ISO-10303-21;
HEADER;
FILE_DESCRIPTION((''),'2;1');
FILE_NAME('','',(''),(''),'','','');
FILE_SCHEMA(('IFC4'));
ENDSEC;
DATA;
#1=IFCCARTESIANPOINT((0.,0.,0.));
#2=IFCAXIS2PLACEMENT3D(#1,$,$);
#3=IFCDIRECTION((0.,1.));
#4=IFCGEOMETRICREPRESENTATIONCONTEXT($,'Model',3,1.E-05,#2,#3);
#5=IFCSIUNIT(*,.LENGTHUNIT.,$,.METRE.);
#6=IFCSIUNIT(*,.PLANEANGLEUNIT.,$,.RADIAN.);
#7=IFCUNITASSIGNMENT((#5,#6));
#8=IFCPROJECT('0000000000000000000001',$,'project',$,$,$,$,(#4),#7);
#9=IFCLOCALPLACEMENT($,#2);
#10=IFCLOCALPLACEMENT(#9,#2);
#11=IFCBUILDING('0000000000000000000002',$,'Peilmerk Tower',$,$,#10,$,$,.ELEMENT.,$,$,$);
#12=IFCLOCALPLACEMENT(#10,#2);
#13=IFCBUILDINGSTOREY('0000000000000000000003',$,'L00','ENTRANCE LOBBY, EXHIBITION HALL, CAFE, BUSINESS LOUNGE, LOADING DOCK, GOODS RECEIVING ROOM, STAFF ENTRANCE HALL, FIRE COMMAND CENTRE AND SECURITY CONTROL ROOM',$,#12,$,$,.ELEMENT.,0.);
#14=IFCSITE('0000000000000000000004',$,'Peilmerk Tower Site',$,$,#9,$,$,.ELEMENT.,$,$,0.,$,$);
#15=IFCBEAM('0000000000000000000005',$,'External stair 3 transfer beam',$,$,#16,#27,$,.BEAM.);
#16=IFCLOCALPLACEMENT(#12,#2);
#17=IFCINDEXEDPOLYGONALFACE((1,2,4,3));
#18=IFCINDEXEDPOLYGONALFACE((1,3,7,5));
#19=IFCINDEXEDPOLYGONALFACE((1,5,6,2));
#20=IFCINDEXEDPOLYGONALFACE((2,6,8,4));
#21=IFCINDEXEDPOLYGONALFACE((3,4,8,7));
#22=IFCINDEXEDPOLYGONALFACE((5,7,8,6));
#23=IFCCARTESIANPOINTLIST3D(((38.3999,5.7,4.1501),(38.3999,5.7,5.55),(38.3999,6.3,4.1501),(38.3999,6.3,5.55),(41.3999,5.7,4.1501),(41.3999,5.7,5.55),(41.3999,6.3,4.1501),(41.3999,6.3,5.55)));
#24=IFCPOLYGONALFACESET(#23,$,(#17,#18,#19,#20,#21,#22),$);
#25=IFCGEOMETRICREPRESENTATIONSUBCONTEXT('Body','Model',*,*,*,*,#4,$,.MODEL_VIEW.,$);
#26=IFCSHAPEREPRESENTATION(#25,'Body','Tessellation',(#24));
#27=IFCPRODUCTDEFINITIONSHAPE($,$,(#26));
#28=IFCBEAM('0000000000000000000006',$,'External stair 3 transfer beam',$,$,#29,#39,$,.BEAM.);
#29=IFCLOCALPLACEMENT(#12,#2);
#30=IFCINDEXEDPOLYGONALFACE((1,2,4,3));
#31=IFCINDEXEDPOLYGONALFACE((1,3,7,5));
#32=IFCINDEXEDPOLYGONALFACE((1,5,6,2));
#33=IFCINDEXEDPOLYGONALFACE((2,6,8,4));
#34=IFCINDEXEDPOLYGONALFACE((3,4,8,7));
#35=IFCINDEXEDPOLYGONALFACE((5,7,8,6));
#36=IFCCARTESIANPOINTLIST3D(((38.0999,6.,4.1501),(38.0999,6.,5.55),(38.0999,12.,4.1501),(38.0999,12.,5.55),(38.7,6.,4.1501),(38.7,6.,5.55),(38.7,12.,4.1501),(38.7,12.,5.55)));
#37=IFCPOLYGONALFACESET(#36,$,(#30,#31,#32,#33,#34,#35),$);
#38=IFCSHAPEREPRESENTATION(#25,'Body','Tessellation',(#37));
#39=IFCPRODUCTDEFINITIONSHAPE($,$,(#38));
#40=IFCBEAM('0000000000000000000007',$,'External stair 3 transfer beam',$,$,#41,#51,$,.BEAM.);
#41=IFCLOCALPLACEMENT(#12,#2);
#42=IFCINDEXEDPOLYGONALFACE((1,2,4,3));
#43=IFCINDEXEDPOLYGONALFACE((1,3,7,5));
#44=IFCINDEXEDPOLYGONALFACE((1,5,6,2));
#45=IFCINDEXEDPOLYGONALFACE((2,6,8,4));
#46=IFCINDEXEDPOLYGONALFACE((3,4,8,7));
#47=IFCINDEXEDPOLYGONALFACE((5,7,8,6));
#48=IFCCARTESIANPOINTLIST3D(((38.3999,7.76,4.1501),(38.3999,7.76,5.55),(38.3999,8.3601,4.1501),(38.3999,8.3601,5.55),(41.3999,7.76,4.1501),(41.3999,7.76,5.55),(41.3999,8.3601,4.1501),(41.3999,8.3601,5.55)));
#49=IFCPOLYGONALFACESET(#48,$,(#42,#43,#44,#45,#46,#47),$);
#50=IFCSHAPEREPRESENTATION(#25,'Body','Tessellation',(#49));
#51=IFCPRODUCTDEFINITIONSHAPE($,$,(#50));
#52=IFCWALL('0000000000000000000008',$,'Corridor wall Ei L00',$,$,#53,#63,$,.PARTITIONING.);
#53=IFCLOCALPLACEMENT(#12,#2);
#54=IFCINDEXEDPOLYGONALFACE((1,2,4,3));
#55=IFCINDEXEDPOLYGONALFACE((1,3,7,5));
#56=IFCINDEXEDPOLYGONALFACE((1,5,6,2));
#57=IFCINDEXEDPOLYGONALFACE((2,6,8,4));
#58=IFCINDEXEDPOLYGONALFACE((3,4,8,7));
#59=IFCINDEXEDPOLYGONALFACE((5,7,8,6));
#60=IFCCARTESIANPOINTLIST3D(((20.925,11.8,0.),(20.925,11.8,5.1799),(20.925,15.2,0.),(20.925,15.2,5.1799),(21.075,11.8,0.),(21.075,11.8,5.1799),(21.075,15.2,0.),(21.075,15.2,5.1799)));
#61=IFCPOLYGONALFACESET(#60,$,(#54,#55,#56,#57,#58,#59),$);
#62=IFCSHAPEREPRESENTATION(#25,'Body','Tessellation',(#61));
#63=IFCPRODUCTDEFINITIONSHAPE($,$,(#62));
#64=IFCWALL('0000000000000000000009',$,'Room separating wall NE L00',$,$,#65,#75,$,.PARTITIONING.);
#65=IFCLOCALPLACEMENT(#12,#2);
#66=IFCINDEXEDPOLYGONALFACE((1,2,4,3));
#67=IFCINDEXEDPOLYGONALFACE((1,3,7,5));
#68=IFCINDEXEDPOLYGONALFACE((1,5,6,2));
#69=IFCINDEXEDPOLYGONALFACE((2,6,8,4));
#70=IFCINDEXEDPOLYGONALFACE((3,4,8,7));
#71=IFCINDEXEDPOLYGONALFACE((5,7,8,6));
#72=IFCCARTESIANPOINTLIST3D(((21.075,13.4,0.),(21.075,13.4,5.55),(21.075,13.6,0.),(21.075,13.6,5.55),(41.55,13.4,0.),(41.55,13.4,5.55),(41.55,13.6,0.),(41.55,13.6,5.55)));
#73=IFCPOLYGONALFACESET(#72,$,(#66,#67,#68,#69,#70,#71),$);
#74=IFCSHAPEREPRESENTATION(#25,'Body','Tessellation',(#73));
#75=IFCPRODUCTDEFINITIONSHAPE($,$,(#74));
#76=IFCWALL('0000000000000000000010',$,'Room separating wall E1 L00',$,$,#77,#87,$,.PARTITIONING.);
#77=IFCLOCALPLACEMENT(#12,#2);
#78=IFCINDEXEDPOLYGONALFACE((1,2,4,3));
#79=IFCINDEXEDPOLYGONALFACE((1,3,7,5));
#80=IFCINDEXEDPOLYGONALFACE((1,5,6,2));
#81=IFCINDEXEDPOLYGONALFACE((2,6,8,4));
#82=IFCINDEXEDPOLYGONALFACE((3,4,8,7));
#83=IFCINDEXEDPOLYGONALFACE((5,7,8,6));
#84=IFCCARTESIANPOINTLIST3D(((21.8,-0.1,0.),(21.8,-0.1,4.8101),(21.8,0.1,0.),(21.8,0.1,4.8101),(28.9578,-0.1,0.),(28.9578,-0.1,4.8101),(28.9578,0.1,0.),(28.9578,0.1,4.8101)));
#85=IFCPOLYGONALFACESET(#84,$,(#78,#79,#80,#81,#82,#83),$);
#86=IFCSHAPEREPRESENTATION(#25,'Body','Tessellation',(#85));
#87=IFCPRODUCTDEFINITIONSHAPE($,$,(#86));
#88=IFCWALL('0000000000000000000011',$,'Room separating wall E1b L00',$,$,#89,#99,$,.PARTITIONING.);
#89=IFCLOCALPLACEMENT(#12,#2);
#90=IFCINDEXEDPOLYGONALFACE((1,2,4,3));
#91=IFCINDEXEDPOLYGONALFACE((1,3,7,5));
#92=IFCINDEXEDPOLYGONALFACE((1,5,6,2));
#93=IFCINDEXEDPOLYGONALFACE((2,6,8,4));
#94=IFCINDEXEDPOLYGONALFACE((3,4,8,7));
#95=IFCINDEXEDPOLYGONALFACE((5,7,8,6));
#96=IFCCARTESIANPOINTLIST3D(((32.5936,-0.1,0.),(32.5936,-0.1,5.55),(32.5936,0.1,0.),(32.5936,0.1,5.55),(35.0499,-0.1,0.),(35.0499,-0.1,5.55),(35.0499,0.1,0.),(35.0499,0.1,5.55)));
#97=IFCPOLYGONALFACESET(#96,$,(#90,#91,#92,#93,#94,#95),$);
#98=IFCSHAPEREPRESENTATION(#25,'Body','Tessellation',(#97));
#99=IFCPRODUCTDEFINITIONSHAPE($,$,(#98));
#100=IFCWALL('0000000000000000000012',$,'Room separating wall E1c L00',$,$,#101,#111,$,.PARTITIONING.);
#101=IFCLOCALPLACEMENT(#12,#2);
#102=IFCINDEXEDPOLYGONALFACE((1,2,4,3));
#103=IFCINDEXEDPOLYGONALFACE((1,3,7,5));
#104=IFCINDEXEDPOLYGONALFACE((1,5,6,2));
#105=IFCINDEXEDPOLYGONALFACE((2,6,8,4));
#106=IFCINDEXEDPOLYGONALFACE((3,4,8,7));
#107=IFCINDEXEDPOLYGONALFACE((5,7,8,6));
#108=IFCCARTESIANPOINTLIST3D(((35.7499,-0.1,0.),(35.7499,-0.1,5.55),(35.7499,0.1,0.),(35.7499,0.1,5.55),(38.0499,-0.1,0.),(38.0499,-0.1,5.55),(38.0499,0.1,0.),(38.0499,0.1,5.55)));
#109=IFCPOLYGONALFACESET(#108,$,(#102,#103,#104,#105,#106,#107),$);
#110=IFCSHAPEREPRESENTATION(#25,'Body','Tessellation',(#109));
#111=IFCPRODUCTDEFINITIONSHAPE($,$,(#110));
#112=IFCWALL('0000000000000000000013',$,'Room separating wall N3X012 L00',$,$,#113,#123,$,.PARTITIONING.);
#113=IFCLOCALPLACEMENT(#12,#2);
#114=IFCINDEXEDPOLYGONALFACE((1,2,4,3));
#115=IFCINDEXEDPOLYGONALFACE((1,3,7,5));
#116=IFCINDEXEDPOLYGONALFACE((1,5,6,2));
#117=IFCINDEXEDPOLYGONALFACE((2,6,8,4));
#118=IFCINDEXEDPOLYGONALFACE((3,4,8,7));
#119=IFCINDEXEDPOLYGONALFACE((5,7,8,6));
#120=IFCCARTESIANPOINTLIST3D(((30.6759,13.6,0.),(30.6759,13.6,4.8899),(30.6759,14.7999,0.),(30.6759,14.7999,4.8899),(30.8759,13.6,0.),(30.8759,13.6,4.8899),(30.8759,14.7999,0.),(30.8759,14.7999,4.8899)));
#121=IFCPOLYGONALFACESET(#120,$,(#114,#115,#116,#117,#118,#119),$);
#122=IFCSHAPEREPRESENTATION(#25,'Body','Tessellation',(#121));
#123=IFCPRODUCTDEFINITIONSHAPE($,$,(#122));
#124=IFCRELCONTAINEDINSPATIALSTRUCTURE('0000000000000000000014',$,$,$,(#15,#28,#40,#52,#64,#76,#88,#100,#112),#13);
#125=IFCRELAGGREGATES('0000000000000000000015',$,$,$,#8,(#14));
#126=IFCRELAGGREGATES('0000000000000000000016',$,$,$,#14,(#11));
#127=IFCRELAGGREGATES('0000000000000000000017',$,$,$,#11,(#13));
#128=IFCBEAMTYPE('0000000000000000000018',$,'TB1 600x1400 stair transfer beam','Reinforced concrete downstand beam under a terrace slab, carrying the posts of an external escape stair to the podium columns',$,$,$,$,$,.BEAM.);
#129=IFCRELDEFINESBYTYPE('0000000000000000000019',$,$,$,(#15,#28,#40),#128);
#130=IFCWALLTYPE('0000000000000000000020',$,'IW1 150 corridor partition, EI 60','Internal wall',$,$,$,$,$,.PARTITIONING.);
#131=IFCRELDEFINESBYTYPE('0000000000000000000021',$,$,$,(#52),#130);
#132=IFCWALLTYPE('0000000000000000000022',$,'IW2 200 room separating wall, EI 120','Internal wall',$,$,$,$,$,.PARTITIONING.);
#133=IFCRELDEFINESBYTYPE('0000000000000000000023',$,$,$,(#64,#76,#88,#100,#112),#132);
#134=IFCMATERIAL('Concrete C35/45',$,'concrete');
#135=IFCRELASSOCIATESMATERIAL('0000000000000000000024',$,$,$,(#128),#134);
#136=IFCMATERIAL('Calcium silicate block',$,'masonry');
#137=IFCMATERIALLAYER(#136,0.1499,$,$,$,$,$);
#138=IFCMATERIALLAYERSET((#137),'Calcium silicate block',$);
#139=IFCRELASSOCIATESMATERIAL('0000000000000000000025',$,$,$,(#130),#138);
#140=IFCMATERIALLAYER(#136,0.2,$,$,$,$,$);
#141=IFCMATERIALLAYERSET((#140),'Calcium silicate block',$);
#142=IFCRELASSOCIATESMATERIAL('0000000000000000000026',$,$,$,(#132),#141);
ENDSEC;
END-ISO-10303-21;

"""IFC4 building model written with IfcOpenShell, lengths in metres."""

from ifc_helpers import new_model, si_unit, direction, frame, frame_2d, origin, origin_2d, place, context, subcontext, project, spatial, rectangle, extrude, material, layer, layer_set, material_profile, profile_set, type_object, element, save


model = new_model("IFC4")

# Units and contexts
model_context = context("Model", 3, precision=1e-05, world=origin(), true_north=direction((0.0, 1.0)))
body_context = subcontext(model_context, "Body", "Model", "MODEL_VIEW")
ifc_project = project(units=[si_unit("LENGTHUNIT", "METRE"), si_unit("PLANEANGLEUNIT", "RADIAN")], contexts=[model_context])

# Site, building, storey
site_placement = place(None, origin())
site = spatial("IfcSite", under=ifc_project, at=site_placement, Name="Peilmerk Tower Site", CompositionType="ELEMENT", RefElevation=0.0)
building_placement = place(site_placement, origin())
building = spatial("IfcBuilding", under=site, at=building_placement, Name="Peilmerk Tower", CompositionType="ELEMENT")
storey_placement = place(building_placement, origin())
storey = spatial("IfcBuildingStorey", under=building, at=storey_placement, Name="L00", Description="ENTRANCE LOBBY, EXHIBITION HALL, CAFE, BUSINESS LOUNGE, LOADING DOCK, GOODS RECEIVING ROOM, STAFF ENTRANCE HALL, FIRE COMMAND CENTRE AND SECURITY CONTROL ROOM", CompositionType="ELEMENT", Elevation=0.0)

# Beams
ifc_material_1 = material(Name="Concrete C35/45", Category="concrete")
ifc_material_profile_1 = material_profile(ifc_material_1, rectangle(XDim=0.6001, YDim=1.3999, at=origin_2d()), Name="RC 600x1400")
ifc_profile_set_1 = profile_set([ifc_material_profile_1], Name="Concrete C35/45")
beam_type_1 = type_object("IfcBeamType", Name="TB1 600x1400 stair transfer beam", Description="Reinforced concrete downstand beam under a terrace slab, carrying the posts of an external escape stair to the podium columns", PredefinedType="BEAM", material=ifc_profile_set_1)
beam_1_placement = place(storey_placement, frame((38.3999, 6.0, 4.8501), z_axis=(1.0, 0.0, 0.0), x_axis=(0.0, 1.0, 0.0)))
element("IfcBeam", 1, at=beam_1_placement, inside=storey, type_object=beam_type_1, Name="External stair 3 transfer beam", PredefinedType="BEAM", context=body_context, shape_type="SweptSolid", body=[
    extrude(rectangle(XDim=0.6001, YDim=1.3999, at=origin_2d()), origin(), (0.0, 0.0, 1.0), 3.0),
])
beam_2_placement = place(storey_placement, frame((38.3999, 6.0, 4.8501), z_axis=(0.0, 1.0, 0.0), x_axis=(-1.0, 0.0, 0.0)))
element("IfcBeam", 2, at=beam_2_placement, inside=storey, type_object=beam_type_1, Name="External stair 3 transfer beam", PredefinedType="BEAM", context=body_context, shape_type="SweptSolid", body=[
    extrude(rectangle(XDim=0.6001, YDim=1.3999, at=origin_2d()), origin(), (0.0, 0.0, 1.0), 6.0),
])
beam_3_placement = place(storey_placement, frame((38.3999, 8.0601, 4.8501), z_axis=(1.0, 0.0, 0.0), x_axis=(0.0, 1.0, 0.0)))
element("IfcBeam", 3, at=beam_3_placement, inside=storey, type_object=beam_type_1, Name="External stair 3 transfer beam", PredefinedType="BEAM", context=body_context, shape_type="SweptSolid", body=[
    extrude(rectangle(XDim=0.6001, YDim=1.3999, at=origin_2d()), origin(), (0.0, 0.0, 1.0), 3.0),
])

# Walls
ifc_material_2 = material(Name="Calcium silicate block", Category="masonry")
ifc_layer_1 = layer(ifc_material_2, 0.1499)
ifc_layer_set_1 = layer_set([ifc_layer_1], Name="Calcium silicate block")
wall_type_1 = type_object("IfcWallType", Name="IW1 150 corridor partition, EI 60", Description="Internal wall", PredefinedType="PARTITIONING", material=ifc_layer_set_1)
wall_1_placement = place(storey_placement, frame((21.0, 11.8, 0.0), z_axis=(0.0, 0.0, 1.0), x_axis=(0.0, 1.0, 0.0)))
element("IfcWall", 4, at=wall_1_placement, inside=storey, type_object=wall_type_1, Name="Corridor wall Ei L00", PredefinedType="PARTITIONING", context=body_context, shape_type="SweptSolid", body=[
    extrude(rectangle(XDim=3.3999, YDim=0.1499, at=frame_2d((1.7, 0.0))), origin(), (0.0, 0.0, 1.0), 5.1799),
])
ifc_layer_2 = layer(ifc_material_2, 0.2)
ifc_layer_set_2 = layer_set([ifc_layer_2], Name="Calcium silicate block")
wall_type_2 = type_object("IfcWallType", Name="IW2 200 room separating wall, EI 120", Description="Internal wall", PredefinedType="PARTITIONING", material=ifc_layer_set_2)
wall_2_placement = place(storey_placement, frame((21.075, 13.5, 0.0), z_axis=(0.0, 0.0, 1.0), x_axis=(1.0, 0.0, 0.0)))
element("IfcWall", 5, at=wall_2_placement, inside=storey, type_object=wall_type_2, Name="Room separating wall NE L00", PredefinedType="PARTITIONING", context=body_context, shape_type="SweptSolid", body=[
    extrude(rectangle(XDim=20.4751, YDim=0.2, at=frame_2d((10.2375, 0.0))), origin(), (0.0, 0.0, 1.0), 5.55),
])
wall_3_placement = place(storey_placement, frame((21.8, 0.0, 0.0), z_axis=(0.0, 0.0, 1.0), x_axis=(1.0, 0.0, 0.0)))
element("IfcWall", 6, at=wall_3_placement, inside=storey, type_object=wall_type_2, Name="Room separating wall E1 L00", PredefinedType="PARTITIONING", context=body_context, shape_type="SweptSolid", body=[
    extrude(rectangle(XDim=7.1577, YDim=0.2, at=frame_2d((3.5789, 0.0))), origin(), (0.0, 0.0, 1.0), 4.8101),
])
wall_4_placement = place(storey_placement, frame((32.5938, 0.0, 0.0), z_axis=(0.0, 0.0, 1.0), x_axis=(1.0, 0.0, 0.0)))
element("IfcWall", 7, at=wall_4_placement, inside=storey, type_object=wall_type_2, Name="Room separating wall E1b L00", PredefinedType="PARTITIONING", context=body_context, shape_type="SweptSolid", body=[
    extrude(rectangle(XDim=2.4563, YDim=0.2, at=frame_2d((1.228, 0.0))), origin(), (0.0, 0.0, 1.0), 5.55),
])
wall_5_placement = place(storey_placement, frame((35.75, 0.0, 0.0), z_axis=(0.0, 0.0, 1.0), x_axis=(1.0, 0.0, 0.0)))
element("IfcWall", 8, at=wall_5_placement, inside=storey, type_object=wall_type_2, Name="Room separating wall E1c L00", PredefinedType="PARTITIONING", context=body_context, shape_type="SweptSolid", body=[
    extrude(rectangle(XDim=2.3, YDim=0.2, at=frame_2d((1.1499, 0.0))), origin(), (0.0, 0.0, 1.0), 5.55),
])
wall_6_placement = place(storey_placement, frame((30.7759, 14.8, 0.0), z_axis=(0.0, 0.0, 1.0), x_axis=(0.0, -1.0, 0.0)))
element("IfcWall", 9, at=wall_6_placement, inside=storey, type_object=wall_type_2, Name="Room separating wall N3X012 L00", PredefinedType="PARTITIONING", context=body_context, shape_type="SweptSolid", body=[
    extrude(rectangle(XDim=1.2, YDim=0.2, at=frame_2d((0.6001, 0.0))), origin(), (0.0, 0.0, 1.0), 4.8899),
])

save(model, "model.ifc")
